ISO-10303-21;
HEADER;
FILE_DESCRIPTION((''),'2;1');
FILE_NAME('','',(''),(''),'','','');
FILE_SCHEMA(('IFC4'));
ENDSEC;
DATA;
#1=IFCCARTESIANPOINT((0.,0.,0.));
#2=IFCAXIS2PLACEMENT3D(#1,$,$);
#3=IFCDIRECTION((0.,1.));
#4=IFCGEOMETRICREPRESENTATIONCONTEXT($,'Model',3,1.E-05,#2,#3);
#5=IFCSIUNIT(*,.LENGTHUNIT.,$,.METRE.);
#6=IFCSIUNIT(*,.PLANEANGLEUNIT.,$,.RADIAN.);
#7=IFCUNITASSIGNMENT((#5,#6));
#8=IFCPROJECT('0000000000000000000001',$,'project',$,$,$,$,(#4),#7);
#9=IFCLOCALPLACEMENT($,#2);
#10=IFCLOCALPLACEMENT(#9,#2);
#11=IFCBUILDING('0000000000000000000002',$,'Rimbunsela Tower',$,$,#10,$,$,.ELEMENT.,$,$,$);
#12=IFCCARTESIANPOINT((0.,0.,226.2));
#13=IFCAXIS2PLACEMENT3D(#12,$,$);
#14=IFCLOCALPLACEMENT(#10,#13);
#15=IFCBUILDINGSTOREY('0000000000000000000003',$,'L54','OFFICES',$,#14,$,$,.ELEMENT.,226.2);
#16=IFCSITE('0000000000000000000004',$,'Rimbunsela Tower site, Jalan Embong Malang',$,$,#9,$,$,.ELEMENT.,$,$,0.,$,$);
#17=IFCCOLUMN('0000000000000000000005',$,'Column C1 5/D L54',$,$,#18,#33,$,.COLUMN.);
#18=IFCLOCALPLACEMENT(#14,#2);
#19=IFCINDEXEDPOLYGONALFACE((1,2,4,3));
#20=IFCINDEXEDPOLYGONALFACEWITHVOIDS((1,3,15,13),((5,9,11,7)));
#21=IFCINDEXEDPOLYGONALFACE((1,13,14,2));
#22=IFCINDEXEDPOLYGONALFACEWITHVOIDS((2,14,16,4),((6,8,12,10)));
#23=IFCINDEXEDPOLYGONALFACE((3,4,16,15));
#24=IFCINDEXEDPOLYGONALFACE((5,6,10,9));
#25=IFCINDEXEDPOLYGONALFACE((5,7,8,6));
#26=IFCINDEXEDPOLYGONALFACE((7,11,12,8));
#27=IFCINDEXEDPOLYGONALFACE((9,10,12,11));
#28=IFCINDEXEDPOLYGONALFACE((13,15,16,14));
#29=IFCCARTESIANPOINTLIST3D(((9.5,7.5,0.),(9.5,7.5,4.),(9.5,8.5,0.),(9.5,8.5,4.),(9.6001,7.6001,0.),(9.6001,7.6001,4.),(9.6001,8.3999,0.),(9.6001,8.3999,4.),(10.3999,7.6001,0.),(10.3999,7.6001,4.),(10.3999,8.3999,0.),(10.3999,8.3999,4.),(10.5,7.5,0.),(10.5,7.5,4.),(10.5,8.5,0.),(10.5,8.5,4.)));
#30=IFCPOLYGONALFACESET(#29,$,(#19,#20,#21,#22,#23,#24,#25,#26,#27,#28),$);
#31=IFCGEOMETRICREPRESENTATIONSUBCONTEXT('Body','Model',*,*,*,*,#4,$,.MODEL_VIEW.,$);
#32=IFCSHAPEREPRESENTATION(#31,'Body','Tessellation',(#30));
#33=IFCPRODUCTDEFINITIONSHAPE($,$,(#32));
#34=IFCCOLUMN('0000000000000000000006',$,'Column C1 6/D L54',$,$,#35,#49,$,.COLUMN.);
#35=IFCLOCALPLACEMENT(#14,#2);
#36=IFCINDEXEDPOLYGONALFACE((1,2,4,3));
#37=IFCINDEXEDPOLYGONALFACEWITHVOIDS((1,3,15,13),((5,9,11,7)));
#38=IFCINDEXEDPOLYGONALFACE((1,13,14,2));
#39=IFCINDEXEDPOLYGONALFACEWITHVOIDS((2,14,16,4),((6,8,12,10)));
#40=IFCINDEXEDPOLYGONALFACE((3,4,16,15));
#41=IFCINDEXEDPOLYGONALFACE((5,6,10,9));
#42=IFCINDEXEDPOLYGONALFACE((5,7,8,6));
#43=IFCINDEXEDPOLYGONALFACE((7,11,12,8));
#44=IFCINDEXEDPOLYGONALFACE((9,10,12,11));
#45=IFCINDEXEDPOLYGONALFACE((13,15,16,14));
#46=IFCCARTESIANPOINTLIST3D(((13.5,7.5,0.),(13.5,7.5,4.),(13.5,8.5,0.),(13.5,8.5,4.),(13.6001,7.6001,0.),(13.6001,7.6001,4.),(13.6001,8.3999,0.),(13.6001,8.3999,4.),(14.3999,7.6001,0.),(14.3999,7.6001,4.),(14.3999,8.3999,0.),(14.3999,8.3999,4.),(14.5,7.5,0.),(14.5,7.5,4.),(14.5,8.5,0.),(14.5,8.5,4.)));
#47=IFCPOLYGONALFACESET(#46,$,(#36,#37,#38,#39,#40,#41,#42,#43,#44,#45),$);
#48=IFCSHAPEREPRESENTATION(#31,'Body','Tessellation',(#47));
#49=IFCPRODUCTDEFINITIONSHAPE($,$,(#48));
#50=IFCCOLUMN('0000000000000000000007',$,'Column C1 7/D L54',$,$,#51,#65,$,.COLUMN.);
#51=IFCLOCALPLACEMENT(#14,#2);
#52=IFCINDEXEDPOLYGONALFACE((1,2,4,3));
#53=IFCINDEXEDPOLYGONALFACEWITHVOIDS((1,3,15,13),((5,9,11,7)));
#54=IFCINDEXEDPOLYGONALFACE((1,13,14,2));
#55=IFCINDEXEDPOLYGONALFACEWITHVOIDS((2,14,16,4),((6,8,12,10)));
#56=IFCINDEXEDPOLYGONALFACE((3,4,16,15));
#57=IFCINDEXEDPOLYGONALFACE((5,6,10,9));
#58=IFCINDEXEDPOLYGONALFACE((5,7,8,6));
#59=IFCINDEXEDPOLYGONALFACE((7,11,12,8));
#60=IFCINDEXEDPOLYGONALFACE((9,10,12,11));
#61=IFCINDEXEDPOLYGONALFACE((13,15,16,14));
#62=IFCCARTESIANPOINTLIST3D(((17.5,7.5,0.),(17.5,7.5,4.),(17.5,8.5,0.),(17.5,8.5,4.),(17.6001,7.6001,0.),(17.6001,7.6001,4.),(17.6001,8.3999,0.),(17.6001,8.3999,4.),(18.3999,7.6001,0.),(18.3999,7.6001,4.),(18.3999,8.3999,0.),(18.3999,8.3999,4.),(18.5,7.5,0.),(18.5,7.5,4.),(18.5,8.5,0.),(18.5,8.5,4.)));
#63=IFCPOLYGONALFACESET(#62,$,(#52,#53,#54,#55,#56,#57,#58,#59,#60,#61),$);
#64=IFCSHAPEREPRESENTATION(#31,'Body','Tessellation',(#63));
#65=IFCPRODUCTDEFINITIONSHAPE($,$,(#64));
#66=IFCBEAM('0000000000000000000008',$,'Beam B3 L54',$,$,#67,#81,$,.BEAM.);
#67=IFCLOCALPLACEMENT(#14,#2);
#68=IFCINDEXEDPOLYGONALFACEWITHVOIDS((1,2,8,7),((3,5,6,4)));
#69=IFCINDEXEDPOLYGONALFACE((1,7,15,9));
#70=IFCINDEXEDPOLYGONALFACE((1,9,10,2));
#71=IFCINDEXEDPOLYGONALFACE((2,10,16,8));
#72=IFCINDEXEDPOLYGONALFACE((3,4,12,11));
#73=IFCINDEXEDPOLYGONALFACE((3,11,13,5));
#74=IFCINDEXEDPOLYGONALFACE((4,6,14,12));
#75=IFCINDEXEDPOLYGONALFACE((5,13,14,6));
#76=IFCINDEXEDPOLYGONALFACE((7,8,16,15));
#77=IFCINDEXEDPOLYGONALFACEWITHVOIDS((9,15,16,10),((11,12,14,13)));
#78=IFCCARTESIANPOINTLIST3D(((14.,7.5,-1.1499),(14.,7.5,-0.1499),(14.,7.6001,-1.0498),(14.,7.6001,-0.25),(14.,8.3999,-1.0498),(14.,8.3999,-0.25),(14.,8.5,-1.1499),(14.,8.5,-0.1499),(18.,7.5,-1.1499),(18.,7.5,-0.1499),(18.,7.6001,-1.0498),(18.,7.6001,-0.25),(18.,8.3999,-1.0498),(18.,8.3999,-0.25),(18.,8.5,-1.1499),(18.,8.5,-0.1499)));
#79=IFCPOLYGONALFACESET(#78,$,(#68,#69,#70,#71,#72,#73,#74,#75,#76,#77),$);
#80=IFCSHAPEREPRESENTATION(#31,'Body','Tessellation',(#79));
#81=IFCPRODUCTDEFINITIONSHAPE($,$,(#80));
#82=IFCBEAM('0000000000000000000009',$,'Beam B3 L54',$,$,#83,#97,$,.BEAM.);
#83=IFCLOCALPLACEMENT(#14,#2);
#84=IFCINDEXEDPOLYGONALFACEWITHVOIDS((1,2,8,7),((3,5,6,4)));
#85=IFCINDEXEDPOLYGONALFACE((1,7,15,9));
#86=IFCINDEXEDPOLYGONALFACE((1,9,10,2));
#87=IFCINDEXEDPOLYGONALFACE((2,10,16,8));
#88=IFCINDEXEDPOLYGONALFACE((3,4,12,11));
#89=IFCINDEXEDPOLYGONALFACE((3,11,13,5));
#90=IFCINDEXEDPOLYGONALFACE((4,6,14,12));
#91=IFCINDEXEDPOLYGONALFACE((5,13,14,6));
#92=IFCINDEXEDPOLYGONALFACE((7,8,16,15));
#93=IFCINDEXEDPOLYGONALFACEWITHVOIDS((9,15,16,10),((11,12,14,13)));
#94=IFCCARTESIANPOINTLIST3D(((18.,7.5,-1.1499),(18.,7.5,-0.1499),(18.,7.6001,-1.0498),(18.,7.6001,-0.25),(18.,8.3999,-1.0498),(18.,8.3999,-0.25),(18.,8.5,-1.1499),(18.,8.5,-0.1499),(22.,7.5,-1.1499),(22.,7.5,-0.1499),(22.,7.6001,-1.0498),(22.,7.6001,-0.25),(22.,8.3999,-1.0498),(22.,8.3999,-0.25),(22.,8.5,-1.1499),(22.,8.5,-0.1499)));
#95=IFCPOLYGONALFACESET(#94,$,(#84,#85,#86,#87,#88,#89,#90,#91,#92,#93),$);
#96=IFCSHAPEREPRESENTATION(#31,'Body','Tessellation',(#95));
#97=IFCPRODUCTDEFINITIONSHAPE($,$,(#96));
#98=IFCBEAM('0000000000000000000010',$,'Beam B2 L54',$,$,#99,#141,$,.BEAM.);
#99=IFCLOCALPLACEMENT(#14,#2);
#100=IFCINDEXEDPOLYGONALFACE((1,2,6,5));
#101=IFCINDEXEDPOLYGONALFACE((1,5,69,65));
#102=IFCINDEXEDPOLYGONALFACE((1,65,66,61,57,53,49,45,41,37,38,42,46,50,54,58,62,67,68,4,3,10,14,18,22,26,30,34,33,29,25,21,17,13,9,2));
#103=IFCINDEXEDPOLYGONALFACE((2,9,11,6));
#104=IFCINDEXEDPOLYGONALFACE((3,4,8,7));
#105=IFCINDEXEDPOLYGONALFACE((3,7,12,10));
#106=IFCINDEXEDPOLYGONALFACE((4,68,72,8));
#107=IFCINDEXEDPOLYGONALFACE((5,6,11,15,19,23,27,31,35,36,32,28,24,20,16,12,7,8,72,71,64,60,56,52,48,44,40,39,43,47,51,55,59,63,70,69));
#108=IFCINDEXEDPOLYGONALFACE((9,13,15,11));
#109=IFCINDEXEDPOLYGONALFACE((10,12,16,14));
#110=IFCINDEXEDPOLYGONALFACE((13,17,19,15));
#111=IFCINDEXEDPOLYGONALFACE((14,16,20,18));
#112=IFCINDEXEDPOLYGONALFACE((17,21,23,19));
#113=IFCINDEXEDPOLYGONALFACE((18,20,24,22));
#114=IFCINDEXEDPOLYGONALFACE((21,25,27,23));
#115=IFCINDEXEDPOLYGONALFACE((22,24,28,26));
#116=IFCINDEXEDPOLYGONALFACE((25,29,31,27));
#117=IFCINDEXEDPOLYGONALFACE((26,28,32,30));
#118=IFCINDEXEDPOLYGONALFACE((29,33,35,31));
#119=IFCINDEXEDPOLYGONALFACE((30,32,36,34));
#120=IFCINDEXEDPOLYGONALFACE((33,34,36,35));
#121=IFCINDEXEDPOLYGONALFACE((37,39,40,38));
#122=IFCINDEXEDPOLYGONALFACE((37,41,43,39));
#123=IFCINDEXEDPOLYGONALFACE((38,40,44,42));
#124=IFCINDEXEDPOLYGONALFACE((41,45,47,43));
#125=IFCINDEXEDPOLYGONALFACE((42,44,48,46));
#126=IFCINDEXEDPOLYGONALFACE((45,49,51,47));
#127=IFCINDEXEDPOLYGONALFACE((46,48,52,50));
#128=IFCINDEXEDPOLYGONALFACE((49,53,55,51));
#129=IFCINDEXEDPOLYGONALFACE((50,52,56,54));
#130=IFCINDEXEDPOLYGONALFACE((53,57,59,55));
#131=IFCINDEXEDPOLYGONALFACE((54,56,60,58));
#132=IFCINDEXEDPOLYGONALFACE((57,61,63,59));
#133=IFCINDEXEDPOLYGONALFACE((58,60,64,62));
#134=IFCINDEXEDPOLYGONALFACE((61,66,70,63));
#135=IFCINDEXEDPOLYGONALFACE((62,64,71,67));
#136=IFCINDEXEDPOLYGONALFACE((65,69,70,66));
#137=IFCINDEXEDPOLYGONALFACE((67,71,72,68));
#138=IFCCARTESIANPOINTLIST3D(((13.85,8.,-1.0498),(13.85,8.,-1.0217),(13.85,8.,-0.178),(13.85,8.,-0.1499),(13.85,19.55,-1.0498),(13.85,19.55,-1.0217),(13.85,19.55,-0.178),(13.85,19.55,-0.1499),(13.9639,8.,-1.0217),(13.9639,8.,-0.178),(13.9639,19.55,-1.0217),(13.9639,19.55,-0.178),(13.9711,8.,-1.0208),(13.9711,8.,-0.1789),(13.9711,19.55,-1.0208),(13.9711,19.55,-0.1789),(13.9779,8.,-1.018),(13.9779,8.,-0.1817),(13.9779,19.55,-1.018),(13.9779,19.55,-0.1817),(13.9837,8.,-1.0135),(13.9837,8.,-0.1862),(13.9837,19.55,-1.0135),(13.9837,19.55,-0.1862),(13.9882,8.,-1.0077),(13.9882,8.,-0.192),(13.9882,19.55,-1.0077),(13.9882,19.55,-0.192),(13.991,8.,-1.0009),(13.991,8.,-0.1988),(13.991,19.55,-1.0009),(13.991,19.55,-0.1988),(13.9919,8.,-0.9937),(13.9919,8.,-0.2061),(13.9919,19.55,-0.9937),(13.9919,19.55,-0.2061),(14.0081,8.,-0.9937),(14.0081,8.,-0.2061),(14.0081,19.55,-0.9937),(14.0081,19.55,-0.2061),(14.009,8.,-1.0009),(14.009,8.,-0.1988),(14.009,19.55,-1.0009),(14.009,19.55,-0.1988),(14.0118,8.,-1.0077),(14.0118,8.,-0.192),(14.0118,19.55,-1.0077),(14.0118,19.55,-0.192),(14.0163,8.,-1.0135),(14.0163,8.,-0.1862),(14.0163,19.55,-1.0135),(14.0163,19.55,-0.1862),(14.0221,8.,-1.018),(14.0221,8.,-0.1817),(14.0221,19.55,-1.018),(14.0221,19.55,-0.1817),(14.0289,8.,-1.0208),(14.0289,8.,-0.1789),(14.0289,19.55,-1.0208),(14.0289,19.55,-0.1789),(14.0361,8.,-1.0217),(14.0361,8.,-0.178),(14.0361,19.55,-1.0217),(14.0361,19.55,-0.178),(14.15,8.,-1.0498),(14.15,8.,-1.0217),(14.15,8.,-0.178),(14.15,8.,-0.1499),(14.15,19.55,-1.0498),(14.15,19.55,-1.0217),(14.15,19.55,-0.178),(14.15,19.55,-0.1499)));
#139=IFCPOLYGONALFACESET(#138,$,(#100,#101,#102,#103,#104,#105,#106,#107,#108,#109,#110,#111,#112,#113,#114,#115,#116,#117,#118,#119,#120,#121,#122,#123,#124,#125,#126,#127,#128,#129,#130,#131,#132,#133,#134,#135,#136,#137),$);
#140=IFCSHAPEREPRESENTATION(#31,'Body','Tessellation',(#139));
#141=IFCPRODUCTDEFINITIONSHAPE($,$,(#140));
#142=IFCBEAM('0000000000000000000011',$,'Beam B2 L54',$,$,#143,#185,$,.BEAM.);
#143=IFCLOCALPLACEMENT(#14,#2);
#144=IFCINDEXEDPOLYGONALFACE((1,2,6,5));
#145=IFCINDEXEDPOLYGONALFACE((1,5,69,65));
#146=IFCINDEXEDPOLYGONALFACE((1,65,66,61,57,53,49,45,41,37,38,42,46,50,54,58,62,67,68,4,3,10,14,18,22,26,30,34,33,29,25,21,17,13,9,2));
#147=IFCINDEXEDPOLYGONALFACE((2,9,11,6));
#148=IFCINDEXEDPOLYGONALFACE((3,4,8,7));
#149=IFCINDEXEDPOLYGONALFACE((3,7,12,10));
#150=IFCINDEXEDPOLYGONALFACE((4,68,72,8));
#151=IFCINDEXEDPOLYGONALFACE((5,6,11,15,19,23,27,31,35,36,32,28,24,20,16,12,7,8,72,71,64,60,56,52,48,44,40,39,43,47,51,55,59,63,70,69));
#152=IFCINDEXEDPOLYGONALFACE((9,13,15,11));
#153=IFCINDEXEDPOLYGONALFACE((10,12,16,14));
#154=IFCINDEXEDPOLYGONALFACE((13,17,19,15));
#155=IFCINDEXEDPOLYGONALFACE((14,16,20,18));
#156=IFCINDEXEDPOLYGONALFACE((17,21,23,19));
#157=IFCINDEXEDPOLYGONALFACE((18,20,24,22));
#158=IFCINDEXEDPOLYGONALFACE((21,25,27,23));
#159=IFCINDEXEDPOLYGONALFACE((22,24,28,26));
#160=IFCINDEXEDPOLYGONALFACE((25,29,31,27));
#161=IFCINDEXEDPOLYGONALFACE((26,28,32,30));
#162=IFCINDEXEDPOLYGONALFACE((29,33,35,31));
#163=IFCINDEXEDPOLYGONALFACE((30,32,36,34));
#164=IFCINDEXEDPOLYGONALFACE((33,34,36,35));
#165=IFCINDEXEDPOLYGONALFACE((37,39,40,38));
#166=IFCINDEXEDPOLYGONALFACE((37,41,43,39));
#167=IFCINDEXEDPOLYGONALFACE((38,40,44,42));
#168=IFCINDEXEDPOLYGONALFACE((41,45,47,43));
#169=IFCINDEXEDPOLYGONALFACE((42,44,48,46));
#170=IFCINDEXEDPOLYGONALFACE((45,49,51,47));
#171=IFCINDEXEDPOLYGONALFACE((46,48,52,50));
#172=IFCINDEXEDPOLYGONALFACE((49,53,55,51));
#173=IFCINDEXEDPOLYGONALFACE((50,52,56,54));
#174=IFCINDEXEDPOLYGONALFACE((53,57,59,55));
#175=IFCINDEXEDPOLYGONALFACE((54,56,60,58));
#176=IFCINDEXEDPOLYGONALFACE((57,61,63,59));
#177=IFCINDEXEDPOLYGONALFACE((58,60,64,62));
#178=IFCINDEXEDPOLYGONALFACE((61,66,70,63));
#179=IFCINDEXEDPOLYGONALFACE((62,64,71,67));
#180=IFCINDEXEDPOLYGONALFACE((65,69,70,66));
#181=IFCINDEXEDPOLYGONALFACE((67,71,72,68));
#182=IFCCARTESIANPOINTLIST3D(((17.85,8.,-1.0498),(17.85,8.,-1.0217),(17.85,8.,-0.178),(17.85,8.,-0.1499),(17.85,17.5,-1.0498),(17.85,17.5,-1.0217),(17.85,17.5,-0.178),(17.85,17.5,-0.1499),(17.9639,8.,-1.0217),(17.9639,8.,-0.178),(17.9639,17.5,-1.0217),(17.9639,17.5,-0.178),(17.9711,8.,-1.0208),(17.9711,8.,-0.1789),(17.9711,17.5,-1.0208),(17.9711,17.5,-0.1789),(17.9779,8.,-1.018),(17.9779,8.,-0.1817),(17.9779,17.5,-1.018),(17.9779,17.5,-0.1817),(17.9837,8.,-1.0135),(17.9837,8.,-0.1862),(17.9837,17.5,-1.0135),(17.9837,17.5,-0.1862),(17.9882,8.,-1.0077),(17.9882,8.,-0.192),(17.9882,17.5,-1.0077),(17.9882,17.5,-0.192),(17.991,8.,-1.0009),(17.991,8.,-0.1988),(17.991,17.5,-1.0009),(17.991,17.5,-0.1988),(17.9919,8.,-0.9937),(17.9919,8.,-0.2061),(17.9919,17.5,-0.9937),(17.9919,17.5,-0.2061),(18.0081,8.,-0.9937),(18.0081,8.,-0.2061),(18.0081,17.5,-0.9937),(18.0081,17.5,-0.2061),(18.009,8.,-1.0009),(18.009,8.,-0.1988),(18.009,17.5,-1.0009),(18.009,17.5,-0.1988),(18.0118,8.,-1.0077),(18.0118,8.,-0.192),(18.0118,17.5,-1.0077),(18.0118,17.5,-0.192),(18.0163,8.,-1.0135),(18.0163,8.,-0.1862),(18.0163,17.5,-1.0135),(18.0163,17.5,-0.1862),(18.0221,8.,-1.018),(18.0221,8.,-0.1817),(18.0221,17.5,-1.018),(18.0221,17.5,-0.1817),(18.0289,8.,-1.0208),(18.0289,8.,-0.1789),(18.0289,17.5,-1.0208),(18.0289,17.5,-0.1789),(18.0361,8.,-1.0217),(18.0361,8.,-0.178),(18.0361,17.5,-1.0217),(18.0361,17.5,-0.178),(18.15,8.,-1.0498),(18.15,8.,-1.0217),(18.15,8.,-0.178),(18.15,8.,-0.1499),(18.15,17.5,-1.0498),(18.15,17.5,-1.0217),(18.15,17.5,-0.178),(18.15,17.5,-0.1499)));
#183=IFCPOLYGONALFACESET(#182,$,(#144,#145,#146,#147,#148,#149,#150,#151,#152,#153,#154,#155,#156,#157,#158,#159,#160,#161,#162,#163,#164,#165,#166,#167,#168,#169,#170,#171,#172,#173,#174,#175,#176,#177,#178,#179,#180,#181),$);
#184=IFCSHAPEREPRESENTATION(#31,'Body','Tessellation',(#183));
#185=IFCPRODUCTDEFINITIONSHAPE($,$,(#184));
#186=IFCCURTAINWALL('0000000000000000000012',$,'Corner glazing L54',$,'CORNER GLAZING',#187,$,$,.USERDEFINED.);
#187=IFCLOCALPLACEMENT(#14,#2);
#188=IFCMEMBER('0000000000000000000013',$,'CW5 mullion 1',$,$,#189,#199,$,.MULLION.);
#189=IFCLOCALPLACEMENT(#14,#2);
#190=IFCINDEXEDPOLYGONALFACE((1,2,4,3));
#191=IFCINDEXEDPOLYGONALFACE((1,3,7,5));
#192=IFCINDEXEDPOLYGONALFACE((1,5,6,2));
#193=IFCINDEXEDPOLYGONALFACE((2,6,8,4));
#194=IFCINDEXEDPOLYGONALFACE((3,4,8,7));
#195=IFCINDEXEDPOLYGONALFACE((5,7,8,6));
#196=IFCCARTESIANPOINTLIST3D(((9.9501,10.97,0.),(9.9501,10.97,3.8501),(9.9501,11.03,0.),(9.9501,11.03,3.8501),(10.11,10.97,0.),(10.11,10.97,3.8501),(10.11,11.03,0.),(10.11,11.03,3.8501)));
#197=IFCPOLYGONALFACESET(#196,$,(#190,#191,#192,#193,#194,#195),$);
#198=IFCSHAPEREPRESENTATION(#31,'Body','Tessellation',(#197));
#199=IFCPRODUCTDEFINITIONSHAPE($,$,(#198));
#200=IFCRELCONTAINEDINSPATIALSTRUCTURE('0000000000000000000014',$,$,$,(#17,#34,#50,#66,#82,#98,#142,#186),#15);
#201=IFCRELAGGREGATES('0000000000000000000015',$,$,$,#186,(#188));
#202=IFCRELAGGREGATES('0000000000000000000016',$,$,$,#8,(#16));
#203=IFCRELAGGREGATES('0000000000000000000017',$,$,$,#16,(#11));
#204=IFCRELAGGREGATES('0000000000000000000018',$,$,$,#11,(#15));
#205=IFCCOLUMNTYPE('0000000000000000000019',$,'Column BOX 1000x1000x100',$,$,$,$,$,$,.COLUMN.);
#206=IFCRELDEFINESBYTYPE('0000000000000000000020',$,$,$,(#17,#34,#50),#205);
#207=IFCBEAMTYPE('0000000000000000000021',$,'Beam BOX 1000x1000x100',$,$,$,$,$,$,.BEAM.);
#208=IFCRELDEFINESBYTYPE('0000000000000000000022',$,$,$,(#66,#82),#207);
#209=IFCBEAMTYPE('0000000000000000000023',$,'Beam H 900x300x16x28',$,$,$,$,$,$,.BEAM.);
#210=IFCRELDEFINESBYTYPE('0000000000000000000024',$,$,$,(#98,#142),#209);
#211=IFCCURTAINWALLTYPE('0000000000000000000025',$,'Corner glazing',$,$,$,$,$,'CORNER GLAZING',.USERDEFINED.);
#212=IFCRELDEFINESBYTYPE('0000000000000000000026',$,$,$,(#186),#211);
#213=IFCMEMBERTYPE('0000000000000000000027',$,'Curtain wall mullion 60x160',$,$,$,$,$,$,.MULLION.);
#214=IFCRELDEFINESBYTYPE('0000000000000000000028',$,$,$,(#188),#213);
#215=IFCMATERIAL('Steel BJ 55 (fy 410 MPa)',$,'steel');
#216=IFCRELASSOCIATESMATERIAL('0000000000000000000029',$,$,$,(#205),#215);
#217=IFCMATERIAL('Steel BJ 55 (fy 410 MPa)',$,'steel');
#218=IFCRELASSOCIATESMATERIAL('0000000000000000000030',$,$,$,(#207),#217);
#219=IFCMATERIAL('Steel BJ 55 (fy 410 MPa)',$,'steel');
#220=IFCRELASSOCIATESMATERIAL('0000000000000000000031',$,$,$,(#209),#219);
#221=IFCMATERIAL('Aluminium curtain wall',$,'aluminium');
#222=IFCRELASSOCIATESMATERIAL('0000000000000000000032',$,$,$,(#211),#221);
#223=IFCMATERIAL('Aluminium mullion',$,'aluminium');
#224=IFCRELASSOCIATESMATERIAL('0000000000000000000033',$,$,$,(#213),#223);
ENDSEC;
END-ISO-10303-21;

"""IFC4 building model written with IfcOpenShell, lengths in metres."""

from ifc_helpers import new_model, si_unit, direction, frame, origin, origin_2d, place, context, subcontext, project, spatial, rectangle, hollow_rectangle, i_section, extrude, material, material_profile, profile_set, type_object, element, aggregate, save


model = new_model("IFC4")

# Units and contexts
model_context = context("Model", 3, precision=1e-05, world=origin(), true_north=direction((0.0, 1.0)))
body_context = subcontext(model_context, "Body", "Model", "MODEL_VIEW")
ifc_project = project(units=[si_unit("LENGTHUNIT", "METRE"), si_unit("PLANEANGLEUNIT", "RADIAN")], contexts=[model_context])

# Site, building, storey
site_placement = place(None, origin())
site = spatial("IfcSite", under=ifc_project, at=site_placement, Name="Rimbunsela Tower site, Jalan Embong Malang", CompositionType="ELEMENT", RefElevation=0.0)
building_placement = place(site_placement, origin())
building = spatial("IfcBuilding", under=site, at=building_placement, Name="Rimbunsela Tower", CompositionType="ELEMENT")
storey_placement = place(building_placement, frame((0.0, 0.0, 226.2)))
storey = spatial("IfcBuildingStorey", under=building, at=storey_placement, Name="L54", Description="OFFICES", CompositionType="ELEMENT", Elevation=226.2)

# Columns
ifc_material_1 = material(Name="Steel BJ 55 (fy 410 MPa)", Category="steel")
ifc_material_profile_1 = material_profile(ifc_material_1, hollow_rectangle(XDim=1.0, YDim=1.0, WallThickness=0.1001, at=origin_2d()), Name="BOX 1000x1000x100")
ifc_profile_set_1 = profile_set([ifc_material_profile_1], Name="Steel BJ 55 (fy 410 MPa)")
column_type = type_object("IfcColumnType", Name="Column BOX 1000x1000x100", PredefinedType="COLUMN", material=ifc_profile_set_1)
for number, where, z_axis, x_axis, name in (
    (1, (10.0, 8.0, 0.0), (0.0, 0.0, 1.0), (1.0, 0.0, 0.0), "Column C1 5/D L54"),
    (2, (14.0, 8.0, 0.0), (0.0, 0.0, 1.0), (1.0, 0.0, 0.0), "Column C1 6/D L54"),
    (3, (18.0, 8.0, 0.0), (0.0, 0.0, 1.0), (1.0, 0.0, 0.0), "Column C1 7/D L54"),
):
    element("IfcColumn", number, at=place(storey_placement, frame(where, z_axis=z_axis, x_axis=x_axis)), inside=storey, type_object=column_type, Name=name, PredefinedType="COLUMN", context=body_context, shape_type="SweptSolid", body=[
        extrude(hollow_rectangle(XDim=1.0, YDim=1.0, WallThickness=0.1001, at=origin_2d()), origin(), (0.0, 0.0, 1.0), 4.0),
    ])

# Beams
ifc_material_2 = material(Name="Steel BJ 55 (fy 410 MPa)", Category="steel")
ifc_material_profile_2 = material_profile(ifc_material_2, hollow_rectangle(XDim=1.0, YDim=1.0, WallThickness=0.1001, at=origin_2d()), Name="BOX 1000x1000x100")
ifc_profile_set_2 = profile_set([ifc_material_profile_2], Name="Steel BJ 55 (fy 410 MPa)")
beam_type_1 = type_object("IfcBeamType", Name="Beam BOX 1000x1000x100", PredefinedType="BEAM", material=ifc_profile_set_2)
for number, where, z_axis, x_axis, name in (
    (4, (14.0, 8.0, -0.6499), (1.0, 0.0, 0.0), (0.0, 1.0, 0.0), "Beam B3 L54"),
    (5, (18.0, 8.0, -0.6499), (1.0, 0.0, 0.0), (0.0, 1.0, 0.0), "Beam B3 L54"),
):
    element("IfcBeam", number, at=place(storey_placement, frame(where, z_axis=z_axis, x_axis=x_axis)), inside=storey, type_object=beam_type_1, Name=name, PredefinedType="BEAM", context=body_context, shape_type="SweptSolid", body=[
        extrude(hollow_rectangle(XDim=1.0, YDim=1.0, WallThickness=0.1001, at=origin_2d()), origin(), (0.0, 0.0, 1.0), 4.0),
    ])
ifc_material_3 = material(Name="Steel BJ 55 (fy 410 MPa)", Category="steel")
ifc_material_profile_3 = material_profile(ifc_material_3, i_section(OverallWidth=0.3, OverallDepth=0.8999, WebThickness=0.0161, FlangeThickness=0.0281, FilletRadius=0.0281, at=origin_2d()), Name="H 900x300x16x28")
ifc_profile_set_3 = profile_set([ifc_material_profile_3], Name="Steel BJ 55 (fy 410 MPa)")
beam_type_2 = type_object("IfcBeamType", Name="Beam H 900x300x16x28", PredefinedType="BEAM", material=ifc_profile_set_3)
beam_1_placement = place(storey_placement, frame((14.0, 8.0, -0.5999), z_axis=(0.0, 1.0, 0.0), x_axis=(-1.0, 0.0, 0.0)))
element("IfcBeam", 6, at=beam_1_placement, inside=storey, type_object=beam_type_2, Name="Beam B2 L54", PredefinedType="BEAM", context=body_context, shape_type="SweptSolid", body=[
    extrude(i_section(OverallWidth=0.3, OverallDepth=0.8999, WebThickness=0.0161, FlangeThickness=0.0281, FilletRadius=0.0281, at=origin_2d()), origin(), (0.0, 0.0, 1.0), 11.55),
])
beam_2_placement = place(storey_placement, frame((18.0, 8.0, -0.5999), z_axis=(0.0, 1.0, 0.0), x_axis=(-1.0, 0.0, 0.0)))
element("IfcBeam", 7, at=beam_2_placement, inside=storey, type_object=beam_type_2, Name="Beam B2 L54", PredefinedType="BEAM", context=body_context, shape_type="SweptSolid", body=[
    extrude(i_section(OverallWidth=0.3, OverallDepth=0.8999, WebThickness=0.0161, FlangeThickness=0.0281, FilletRadius=0.0281, at=origin_2d()), origin(), (0.0, 0.0, 1.0), 9.5),
])

# Curtain wall, member
ifc_material_4 = material(Name="Aluminium curtain wall", Category="aluminium")
curtain_wall_type = type_object("IfcCurtainWallType", Name="Corner glazing", ElementType="CORNER GLAZING", PredefinedType="USERDEFINED", material=ifc_material_4)
curtain_wall_1_placement = place(storey_placement, origin())
curtain_wall_1 = element("IfcCurtainWall", 8, at=curtain_wall_1_placement, inside=storey, type_object=curtain_wall_type, Name="Corner glazing L54", ObjectType="CORNER GLAZING", PredefinedType="USERDEFINED")
ifc_material_5 = material(Name="Aluminium mullion", Category="aluminium")
ifc_material_profile_4 = material_profile(ifc_material_5, rectangle(XDim=0.0601, YDim=0.1599, at=origin_2d()), Name="Mullion 60x160")
ifc_profile_set_4 = profile_set([ifc_material_profile_4], Name="Aluminium mullion")
member_type_1 = type_object("IfcMemberType", Name="Curtain wall mullion 60x160", PredefinedType="MULLION", material=ifc_profile_set_4)
member_1_placement = place(storey_placement, frame((10.03, 11.0, 0.0), z_axis=(0.0, 0.0, 1.0), x_axis=(0.0, 1.0, 0.0)))
member_1 = element("IfcMember", 9, at=member_1_placement, type_object=member_type_1, Name="CW5 mullion 1", PredefinedType="MULLION", context=body_context, shape_type="SweptSolid", body=[
    extrude(rectangle(XDim=0.0601, YDim=0.1599, at=origin_2d()), origin(), (0.0, 0.0, 1.0), 3.8501),
])

aggregate(curtain_wall_1, [member_1])

save(model, "model.ifc")
